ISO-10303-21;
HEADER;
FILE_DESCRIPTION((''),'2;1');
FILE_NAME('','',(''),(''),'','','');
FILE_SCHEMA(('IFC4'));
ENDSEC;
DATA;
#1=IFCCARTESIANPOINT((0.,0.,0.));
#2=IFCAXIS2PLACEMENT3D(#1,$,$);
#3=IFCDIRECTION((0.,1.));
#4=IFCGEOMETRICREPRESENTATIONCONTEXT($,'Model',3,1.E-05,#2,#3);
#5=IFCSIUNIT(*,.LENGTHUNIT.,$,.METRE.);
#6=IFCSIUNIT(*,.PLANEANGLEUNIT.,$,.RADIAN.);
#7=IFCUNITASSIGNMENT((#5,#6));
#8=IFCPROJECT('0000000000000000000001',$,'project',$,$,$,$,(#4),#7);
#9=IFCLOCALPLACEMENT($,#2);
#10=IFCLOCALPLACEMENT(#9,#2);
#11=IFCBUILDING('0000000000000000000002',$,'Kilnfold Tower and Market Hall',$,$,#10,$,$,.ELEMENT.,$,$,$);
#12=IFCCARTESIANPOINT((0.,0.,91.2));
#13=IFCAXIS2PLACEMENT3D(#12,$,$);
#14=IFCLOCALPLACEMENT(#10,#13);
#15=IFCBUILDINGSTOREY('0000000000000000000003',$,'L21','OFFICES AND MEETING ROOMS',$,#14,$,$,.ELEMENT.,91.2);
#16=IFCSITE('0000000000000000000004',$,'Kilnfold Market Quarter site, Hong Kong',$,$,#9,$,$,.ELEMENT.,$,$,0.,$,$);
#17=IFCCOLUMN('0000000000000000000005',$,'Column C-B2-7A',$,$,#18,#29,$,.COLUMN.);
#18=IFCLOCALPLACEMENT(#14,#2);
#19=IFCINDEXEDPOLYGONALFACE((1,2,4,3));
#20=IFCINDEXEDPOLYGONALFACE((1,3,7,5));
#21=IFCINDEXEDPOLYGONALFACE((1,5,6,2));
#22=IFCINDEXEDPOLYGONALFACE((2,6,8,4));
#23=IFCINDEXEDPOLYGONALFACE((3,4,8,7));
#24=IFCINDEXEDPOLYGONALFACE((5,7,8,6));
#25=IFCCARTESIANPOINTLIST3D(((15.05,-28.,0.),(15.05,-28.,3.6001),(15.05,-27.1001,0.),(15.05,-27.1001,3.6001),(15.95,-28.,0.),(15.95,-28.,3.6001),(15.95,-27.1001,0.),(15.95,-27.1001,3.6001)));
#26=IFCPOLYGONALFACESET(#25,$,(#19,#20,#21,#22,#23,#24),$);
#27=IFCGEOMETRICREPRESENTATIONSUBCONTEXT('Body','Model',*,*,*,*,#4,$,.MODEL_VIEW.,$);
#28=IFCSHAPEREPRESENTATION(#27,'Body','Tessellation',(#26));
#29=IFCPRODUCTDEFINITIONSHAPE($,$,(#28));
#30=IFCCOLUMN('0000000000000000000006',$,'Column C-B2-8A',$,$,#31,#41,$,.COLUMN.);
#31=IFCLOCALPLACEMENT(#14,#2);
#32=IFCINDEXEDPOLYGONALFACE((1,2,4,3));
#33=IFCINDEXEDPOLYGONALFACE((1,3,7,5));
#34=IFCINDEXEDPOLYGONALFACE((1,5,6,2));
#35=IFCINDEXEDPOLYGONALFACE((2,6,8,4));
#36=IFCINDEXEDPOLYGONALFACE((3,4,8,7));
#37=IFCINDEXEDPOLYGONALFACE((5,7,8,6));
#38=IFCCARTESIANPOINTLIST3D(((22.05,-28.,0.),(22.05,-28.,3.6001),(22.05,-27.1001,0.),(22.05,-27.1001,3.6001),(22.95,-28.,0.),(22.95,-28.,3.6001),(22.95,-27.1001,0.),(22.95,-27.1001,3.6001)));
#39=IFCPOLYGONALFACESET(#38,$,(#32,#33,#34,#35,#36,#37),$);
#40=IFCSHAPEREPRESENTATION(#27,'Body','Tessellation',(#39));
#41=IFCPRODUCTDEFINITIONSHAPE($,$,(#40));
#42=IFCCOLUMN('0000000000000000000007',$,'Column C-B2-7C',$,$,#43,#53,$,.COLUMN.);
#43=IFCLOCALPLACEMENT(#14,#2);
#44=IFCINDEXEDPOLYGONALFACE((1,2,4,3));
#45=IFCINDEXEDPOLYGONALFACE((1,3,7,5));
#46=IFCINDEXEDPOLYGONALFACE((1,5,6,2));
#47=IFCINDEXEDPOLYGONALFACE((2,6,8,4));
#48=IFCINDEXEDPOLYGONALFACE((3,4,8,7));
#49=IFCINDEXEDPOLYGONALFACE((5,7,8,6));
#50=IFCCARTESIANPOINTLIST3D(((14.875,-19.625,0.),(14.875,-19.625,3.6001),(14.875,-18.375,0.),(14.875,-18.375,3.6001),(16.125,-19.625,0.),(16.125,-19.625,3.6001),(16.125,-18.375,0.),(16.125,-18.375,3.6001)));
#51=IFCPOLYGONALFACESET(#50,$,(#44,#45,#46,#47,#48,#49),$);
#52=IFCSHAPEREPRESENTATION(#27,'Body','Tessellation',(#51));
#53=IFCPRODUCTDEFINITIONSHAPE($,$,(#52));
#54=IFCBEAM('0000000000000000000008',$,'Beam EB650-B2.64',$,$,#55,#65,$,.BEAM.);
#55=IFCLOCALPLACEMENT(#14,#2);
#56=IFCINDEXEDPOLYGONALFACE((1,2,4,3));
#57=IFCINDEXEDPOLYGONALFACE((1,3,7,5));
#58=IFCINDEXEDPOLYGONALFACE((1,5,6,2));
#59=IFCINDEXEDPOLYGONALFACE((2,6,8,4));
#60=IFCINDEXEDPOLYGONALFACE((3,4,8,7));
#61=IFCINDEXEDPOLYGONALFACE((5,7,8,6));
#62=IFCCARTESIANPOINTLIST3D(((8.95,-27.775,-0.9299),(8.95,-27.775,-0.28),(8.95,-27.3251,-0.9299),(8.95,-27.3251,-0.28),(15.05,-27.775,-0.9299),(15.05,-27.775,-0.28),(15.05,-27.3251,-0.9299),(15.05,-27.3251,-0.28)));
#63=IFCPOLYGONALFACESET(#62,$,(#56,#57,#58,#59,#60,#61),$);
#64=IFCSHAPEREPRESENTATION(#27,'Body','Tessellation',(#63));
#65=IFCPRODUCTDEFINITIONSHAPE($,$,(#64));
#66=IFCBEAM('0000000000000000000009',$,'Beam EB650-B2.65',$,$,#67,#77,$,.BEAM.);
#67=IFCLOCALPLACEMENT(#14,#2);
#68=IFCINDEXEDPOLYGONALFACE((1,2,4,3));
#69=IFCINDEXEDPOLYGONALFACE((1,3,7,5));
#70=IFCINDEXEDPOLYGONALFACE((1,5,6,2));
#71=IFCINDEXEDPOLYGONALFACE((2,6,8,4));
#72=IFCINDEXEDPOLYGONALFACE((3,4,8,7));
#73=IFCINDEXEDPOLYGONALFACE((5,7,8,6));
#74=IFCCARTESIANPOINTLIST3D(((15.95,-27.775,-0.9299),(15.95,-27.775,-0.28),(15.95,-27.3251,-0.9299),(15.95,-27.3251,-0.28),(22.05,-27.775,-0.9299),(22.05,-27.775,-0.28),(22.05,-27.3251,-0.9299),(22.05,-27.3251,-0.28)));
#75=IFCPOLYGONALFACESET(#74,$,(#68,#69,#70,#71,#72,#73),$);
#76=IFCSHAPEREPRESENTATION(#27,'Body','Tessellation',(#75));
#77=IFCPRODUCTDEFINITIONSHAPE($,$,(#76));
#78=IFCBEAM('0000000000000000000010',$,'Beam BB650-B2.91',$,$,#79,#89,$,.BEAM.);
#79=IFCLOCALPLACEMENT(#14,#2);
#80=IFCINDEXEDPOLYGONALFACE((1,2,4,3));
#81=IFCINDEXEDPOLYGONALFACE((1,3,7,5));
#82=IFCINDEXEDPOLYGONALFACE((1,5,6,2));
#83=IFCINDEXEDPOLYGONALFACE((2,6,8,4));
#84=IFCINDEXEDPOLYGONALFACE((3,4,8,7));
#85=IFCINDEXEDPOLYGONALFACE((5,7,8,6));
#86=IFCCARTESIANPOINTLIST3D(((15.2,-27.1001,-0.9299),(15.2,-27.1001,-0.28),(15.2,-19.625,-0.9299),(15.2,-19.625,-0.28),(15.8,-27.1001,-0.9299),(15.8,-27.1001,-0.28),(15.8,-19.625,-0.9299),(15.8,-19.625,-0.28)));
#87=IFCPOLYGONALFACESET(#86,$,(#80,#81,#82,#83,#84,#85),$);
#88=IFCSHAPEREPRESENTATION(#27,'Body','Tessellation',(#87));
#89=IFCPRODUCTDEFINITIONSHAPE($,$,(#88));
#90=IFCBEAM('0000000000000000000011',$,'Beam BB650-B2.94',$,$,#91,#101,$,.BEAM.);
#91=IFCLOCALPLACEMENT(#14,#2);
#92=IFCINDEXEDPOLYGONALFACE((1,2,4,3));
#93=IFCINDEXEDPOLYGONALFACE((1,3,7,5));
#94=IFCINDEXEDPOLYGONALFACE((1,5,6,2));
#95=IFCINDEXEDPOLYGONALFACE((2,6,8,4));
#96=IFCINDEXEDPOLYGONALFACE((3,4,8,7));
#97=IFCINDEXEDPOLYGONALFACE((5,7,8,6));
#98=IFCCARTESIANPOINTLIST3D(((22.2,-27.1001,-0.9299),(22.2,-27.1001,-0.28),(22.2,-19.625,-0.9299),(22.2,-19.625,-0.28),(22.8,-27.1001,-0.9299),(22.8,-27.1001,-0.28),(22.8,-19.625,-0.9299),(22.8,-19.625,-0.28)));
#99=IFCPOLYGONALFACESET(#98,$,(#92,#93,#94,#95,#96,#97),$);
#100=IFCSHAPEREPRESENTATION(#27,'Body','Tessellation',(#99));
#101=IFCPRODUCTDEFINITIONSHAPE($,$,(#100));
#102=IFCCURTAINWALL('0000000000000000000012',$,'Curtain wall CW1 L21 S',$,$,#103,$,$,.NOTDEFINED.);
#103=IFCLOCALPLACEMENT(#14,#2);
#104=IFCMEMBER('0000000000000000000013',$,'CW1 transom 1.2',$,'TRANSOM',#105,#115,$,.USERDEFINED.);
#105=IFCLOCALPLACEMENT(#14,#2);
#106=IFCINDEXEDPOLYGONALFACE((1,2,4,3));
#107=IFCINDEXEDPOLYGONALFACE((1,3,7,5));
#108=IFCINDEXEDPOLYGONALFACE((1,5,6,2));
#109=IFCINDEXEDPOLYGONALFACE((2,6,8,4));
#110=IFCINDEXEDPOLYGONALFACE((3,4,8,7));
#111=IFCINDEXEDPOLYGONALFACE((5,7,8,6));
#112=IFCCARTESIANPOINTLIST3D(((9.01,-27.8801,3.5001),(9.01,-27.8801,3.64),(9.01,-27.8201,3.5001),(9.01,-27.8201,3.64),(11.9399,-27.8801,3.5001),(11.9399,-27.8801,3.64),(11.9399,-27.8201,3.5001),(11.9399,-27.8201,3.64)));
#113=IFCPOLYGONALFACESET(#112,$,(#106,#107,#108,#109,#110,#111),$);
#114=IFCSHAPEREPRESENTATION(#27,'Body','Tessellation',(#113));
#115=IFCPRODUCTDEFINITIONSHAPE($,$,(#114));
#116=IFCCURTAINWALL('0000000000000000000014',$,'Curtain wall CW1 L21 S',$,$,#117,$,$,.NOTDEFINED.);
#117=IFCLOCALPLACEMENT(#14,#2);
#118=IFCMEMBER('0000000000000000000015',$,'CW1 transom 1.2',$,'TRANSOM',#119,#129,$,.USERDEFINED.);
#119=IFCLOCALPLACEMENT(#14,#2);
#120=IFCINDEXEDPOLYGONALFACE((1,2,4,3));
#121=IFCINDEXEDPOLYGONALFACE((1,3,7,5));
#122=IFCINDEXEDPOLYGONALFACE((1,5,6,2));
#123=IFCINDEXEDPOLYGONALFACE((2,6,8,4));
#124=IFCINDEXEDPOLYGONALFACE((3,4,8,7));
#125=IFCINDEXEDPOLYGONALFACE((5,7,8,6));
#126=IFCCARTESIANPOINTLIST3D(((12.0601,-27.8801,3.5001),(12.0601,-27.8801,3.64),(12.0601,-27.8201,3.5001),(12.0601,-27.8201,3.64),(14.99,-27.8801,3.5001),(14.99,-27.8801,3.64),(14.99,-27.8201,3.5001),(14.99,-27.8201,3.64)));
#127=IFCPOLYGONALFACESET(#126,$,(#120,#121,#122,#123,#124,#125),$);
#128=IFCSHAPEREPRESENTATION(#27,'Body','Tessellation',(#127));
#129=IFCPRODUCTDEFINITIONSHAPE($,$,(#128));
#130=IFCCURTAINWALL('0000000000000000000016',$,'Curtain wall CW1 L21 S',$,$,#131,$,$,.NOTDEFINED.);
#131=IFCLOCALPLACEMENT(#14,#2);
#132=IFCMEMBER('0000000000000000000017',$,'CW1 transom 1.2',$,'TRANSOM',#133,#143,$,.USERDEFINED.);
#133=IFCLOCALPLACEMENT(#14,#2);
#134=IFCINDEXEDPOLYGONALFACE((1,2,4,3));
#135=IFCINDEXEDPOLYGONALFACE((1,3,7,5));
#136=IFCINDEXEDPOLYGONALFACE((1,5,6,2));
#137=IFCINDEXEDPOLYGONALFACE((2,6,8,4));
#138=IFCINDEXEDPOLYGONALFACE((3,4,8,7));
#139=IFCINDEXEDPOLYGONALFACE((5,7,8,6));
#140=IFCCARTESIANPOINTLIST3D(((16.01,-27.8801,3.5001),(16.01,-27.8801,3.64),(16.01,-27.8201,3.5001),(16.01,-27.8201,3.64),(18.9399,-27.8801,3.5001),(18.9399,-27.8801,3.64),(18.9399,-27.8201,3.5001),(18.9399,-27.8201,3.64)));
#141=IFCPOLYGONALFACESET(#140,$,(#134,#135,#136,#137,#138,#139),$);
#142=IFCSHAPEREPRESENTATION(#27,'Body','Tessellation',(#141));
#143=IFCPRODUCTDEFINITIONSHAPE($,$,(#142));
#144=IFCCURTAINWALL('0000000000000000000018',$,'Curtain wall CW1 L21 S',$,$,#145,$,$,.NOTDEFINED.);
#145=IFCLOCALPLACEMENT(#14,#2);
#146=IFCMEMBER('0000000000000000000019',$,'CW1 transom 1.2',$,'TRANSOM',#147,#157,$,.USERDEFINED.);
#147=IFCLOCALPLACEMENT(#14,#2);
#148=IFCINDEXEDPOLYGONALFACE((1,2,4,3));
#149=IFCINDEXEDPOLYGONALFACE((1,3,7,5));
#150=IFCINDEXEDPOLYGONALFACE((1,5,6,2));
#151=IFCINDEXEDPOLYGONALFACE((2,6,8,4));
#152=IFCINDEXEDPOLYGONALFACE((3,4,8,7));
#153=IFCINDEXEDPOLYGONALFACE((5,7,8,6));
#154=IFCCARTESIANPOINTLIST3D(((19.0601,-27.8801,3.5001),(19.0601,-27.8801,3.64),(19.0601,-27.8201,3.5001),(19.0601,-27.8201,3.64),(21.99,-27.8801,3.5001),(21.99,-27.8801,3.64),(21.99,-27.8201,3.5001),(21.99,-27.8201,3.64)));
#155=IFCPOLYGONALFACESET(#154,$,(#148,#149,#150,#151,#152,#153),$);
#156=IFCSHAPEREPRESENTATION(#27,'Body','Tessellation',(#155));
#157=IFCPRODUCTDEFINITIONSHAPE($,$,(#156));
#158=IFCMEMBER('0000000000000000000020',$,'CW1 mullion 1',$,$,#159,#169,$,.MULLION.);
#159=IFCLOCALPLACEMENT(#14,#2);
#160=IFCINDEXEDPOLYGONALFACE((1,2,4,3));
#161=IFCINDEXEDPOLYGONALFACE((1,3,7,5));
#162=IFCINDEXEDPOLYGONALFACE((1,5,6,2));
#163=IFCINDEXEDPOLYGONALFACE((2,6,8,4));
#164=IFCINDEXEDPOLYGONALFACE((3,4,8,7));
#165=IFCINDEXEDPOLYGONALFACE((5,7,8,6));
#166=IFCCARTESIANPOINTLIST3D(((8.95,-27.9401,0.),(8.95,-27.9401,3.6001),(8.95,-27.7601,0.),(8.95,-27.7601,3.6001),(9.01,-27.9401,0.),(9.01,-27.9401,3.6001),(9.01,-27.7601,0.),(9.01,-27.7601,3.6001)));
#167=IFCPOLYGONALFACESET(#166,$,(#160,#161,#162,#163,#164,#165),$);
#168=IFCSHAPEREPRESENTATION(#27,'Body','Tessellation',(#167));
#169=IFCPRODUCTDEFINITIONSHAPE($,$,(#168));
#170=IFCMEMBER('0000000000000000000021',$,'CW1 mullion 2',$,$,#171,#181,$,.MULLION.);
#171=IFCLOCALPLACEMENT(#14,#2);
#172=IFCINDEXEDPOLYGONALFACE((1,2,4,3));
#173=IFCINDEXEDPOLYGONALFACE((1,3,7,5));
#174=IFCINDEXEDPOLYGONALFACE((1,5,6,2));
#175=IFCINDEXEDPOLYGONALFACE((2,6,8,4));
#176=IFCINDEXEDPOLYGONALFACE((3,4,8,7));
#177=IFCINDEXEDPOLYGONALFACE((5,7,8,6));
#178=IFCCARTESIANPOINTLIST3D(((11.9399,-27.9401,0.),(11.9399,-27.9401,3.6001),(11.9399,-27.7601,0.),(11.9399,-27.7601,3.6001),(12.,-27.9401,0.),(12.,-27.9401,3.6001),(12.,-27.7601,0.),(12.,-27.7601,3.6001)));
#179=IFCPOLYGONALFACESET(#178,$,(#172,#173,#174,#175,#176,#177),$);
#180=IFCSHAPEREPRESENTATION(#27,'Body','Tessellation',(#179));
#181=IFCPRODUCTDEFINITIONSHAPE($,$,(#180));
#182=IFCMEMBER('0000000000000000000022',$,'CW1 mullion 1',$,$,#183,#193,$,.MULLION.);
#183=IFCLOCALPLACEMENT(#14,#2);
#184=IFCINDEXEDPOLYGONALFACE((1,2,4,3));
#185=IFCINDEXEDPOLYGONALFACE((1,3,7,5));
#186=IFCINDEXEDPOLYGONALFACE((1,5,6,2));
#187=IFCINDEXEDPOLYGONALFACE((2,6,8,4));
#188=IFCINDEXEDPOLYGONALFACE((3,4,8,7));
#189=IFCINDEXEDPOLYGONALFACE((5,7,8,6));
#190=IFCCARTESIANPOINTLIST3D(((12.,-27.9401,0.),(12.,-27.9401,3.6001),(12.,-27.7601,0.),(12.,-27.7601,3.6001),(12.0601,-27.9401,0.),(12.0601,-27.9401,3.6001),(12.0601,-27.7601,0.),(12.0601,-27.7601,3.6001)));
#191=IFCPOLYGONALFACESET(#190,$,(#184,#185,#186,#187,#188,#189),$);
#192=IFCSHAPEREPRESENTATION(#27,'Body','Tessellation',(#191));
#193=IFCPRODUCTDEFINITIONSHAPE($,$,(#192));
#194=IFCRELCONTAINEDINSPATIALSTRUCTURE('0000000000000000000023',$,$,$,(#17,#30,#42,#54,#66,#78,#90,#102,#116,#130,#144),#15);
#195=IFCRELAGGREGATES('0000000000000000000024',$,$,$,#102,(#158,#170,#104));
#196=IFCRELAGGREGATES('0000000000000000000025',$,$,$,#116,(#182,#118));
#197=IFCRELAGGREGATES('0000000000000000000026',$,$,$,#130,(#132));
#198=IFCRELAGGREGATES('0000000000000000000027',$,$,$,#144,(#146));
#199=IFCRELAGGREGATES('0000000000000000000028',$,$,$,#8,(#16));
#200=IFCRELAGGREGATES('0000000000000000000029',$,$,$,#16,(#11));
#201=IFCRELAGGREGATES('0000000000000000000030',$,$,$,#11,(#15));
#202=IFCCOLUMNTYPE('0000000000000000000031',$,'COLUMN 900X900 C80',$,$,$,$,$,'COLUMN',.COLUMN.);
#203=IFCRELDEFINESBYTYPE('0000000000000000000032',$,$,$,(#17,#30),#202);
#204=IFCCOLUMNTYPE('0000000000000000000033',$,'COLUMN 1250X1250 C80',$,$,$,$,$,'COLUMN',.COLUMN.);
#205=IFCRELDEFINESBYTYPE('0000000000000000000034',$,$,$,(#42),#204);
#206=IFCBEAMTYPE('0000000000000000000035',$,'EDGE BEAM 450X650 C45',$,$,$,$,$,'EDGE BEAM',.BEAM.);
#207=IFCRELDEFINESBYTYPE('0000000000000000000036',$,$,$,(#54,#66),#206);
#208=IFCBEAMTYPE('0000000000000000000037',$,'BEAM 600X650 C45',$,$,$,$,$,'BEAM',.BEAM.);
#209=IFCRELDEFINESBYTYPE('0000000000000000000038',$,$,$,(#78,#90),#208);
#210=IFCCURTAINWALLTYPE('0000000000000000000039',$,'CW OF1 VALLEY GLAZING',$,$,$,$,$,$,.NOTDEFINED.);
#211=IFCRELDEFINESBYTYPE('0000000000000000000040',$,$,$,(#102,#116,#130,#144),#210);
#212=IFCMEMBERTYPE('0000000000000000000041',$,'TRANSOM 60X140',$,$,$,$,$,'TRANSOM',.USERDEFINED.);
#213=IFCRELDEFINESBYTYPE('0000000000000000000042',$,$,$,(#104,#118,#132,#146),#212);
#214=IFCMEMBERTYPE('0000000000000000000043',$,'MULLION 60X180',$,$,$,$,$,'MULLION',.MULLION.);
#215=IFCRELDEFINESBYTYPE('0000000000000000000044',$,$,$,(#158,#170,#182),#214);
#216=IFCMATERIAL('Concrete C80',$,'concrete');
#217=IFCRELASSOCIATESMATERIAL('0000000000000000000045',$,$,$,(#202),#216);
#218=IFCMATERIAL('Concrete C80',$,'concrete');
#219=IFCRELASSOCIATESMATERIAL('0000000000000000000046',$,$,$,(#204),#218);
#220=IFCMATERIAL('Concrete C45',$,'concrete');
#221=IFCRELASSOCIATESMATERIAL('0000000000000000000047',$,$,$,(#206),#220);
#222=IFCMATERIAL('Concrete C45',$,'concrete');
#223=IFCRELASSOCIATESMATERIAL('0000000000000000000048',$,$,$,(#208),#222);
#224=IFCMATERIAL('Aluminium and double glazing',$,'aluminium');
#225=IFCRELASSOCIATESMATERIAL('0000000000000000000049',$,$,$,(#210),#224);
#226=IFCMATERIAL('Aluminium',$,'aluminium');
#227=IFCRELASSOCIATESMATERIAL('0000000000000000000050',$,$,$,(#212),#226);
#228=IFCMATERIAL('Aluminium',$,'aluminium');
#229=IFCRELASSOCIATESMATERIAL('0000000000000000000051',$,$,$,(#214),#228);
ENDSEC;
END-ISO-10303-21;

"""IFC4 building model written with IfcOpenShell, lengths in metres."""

from ifc_helpers import new_model, si_unit, direction, frame, origin, origin_2d, place, context, subcontext, project, spatial, rectangle, extrude, source, transform, mapped, material, material_profile, profile_set, type_object, element, aggregate, save


model = new_model("IFC4")

# Units and contexts
model_context = context("Model", 3, precision=1e-05, world=origin(), true_north=direction((0.0, 1.0)))
body_context = subcontext(model_context, "Body", "Model", "MODEL_VIEW")
ifc_project = project(units=[si_unit("LENGTHUNIT", "METRE"), si_unit("PLANEANGLEUNIT", "RADIAN")], contexts=[model_context])

# Site, building, storey
site_placement = place(None, origin())
site = spatial("IfcSite", under=ifc_project, at=site_placement, Name="Kilnfold Market Quarter site, Hong Kong", CompositionType="ELEMENT", RefElevation=0.0)
building_placement = place(site_placement, origin())
building = spatial("IfcBuilding", under=site, at=building_placement, Name="Kilnfold Tower and Market Hall", CompositionType="ELEMENT")
storey_placement = place(building_placement, frame((0.0, 0.0, 91.2)))
storey = spatial("IfcBuildingStorey", under=building, at=storey_placement, Name="L21", Description="OFFICES AND MEETING ROOMS", CompositionType="ELEMENT", Elevation=91.2)

# Columns
ifc_material_1 = material(Name="Concrete C80", Category="concrete")
ifc_material_profile_1 = material_profile(ifc_material_1, rectangle(XDim=0.8999, YDim=0.8999, at=origin_2d()), Name="RC 900x900")
ifc_profile_set_1 = profile_set([ifc_material_profile_1], Name="Concrete C80")
column_type_1 = type_object("IfcColumnType", Name="COLUMN 900X900 C80", ElementType="COLUMN", PredefinedType="COLUMN", material=ifc_profile_set_1)
shared_shape_1 = source(origin(), body_context, "Body", "SweptSolid", [
    extrude(rectangle(XDim=0.8999, YDim=0.8999, at=origin_2d()), origin(), (0.0, 0.0, 1.0), 3.6001),
])
for number, where, z_axis, x_axis, name in (
    (1, (15.5, -27.55, 0.0), (0.0, 0.0, 1.0), (1.0, 0.0, 0.0), "Column C-B2-7A"),
    (2, (22.5, -27.55, 0.0), (0.0, 0.0, 1.0), (1.0, 0.0, 0.0), "Column C-B2-8A"),
):
    element("IfcColumn", number, at=place(storey_placement, frame(where, z_axis=z_axis, x_axis=x_axis)), inside=storey, type_object=column_type_1, Name=name, PredefinedType="COLUMN", context=body_context, shape_type="MappedRepresentation", body=[
        mapped(shared_shape_1, transform((0.0, 0.0, 0.0))),
    ])
ifc_material_2 = material(Name="Concrete C80", Category="concrete")
ifc_material_profile_2 = material_profile(ifc_material_2, rectangle(XDim=1.25, YDim=1.25, at=origin_2d()), Name="RC 1250x1250")
ifc_profile_set_2 = profile_set([ifc_material_profile_2], Name="Concrete C80")
column_type_2 = type_object("IfcColumnType", Name="COLUMN 1250X1250 C80", ElementType="COLUMN", PredefinedType="COLUMN", material=ifc_profile_set_2)
shared_shape_2 = source(origin(), body_context, "Body", "SweptSolid", [
    extrude(rectangle(XDim=1.25, YDim=1.25, at=origin_2d()), origin(), (0.0, 0.0, 1.0), 3.6001),
])
column_placement = place(storey_placement, frame((15.5, -19.0, 0.0), z_axis=(0.0, 0.0, 1.0), x_axis=(1.0, 0.0, 0.0)))
element("IfcColumn", 3, at=column_placement, inside=storey, type_object=column_type_2, Name="Column C-B2-7C", PredefinedType="COLUMN", context=body_context, shape_type="MappedRepresentation", body=[
    mapped(shared_shape_2, transform((0.0, 0.0, 0.0))),
])

# Beams
ifc_material_3 = material(Name="Concrete C45", Category="concrete")
ifc_material_profile_3 = material_profile(ifc_material_3, rectangle(XDim=0.45, YDim=0.6499, at=origin_2d()), Name="RC 450x650")
ifc_profile_set_3 = profile_set([ifc_material_profile_3], Name="Concrete C45")
beam_type_1 = type_object("IfcBeamType", Name="EDGE BEAM 450X650 C45", ElementType="EDGE BEAM", PredefinedType="BEAM", material=ifc_profile_set_3)
shared_shape_3 = source(origin(), body_context, "Body", "SweptSolid", [
    extrude(rectangle(XDim=0.45, YDim=0.6499, at=origin_2d()), origin(), (0.0, 0.0, 1.0), 6.1001),
])
for number, where, z_axis, x_axis, name in (
    (4, (8.95, -27.55, -0.605), (1.0, 0.0, 0.0), (0.0, 1.0, 0.0), "Beam EB650-B2.64"),
    (5, (15.95, -27.55, -0.605), (1.0, 0.0, 0.0), (0.0, 1.0, 0.0), "Beam EB650-B2.65"),
):
    element("IfcBeam", number, at=place(storey_placement, frame(where, z_axis=z_axis, x_axis=x_axis)), inside=storey, type_object=beam_type_1, Name=name, PredefinedType="BEAM", context=body_context, shape_type="MappedRepresentation", body=[
        mapped(shared_shape_3, transform((0.0, 0.0, 0.0))),
    ])
ifc_material_4 = material(Name="Concrete C45", Category="concrete")
ifc_material_profile_4 = material_profile(ifc_material_4, rectangle(XDim=0.6001, YDim=0.6499, at=origin_2d()), Name="RC 600x650")
ifc_profile_set_4 = profile_set([ifc_material_profile_4], Name="Concrete C45")
beam_type_2 = type_object("IfcBeamType", Name="BEAM 600X650 C45", ElementType="BEAM", PredefinedType="BEAM", material=ifc_profile_set_4)
shared_shape_4 = source(origin(), body_context, "Body", "SweptSolid", [
    extrude(rectangle(XDim=0.6001, YDim=0.6499, at=origin_2d()), origin(), (0.0, 0.0, 1.0), 7.4751),
])
for number, where, z_axis, x_axis, name in (
    (6, (15.5, -27.1001, -0.605), (0.0, 1.0, 0.0), (-1.0, 0.0, 0.0), "Beam BB650-B2.91"),
    (7, (22.5, -27.1001, -0.605), (0.0, 1.0, 0.0), (-1.0, 0.0, 0.0), "Beam BB650-B2.94"),
):
    element("IfcBeam", number, at=place(storey_placement, frame(where, z_axis=z_axis, x_axis=x_axis)), inside=storey, type_object=beam_type_2, Name=name, PredefinedType="BEAM", context=body_context, shape_type="MappedRepresentation", body=[
        mapped(shared_shape_4, transform((0.0, 0.0, 0.0))),
    ])

# Curtain walls, members
ifc_material_5 = material(Name="Aluminium and double glazing", Category="aluminium")
curtain_wall_type = type_object("IfcCurtainWallType", Name="CW OF1 VALLEY GLAZING", PredefinedType="NOTDEFINED", material=ifc_material_5)
curtain_wall_1_placement = place(storey_placement, origin())
curtain_wall_1 = element("IfcCurtainWall", 8, at=curtain_wall_1_placement, inside=storey, type_object=curtain_wall_type, Name="Curtain wall CW1 L21 S", PredefinedType="NOTDEFINED")
ifc_material_6 = material(Name="Aluminium", Category="aluminium")
ifc_material_profile_5 = material_profile(ifc_material_6, rectangle(XDim=0.0601, YDim=0.1399, at=origin_2d()), Name="TRANSOM 60x140")
ifc_profile_set_5 = profile_set([ifc_material_profile_5], Name="Aluminium")
member_type_1 = type_object("IfcMemberType", Name="TRANSOM 60X140", ElementType="TRANSOM", PredefinedType="USERDEFINED", material=ifc_profile_set_5)
shared_shape_5 = source(origin(), body_context, "Body", "SweptSolid", [
    extrude(rectangle(XDim=0.0601, YDim=0.1399, at=origin_2d()), origin(), (0.0, 0.0, 1.0), 2.9299),
])
member_1_placement = place(storey_placement, frame((9.01, -27.8501, 3.5701), z_axis=(1.0, 0.0, 0.0), x_axis=(0.0, 1.0, 0.0)))
member_1 = element("IfcMember", 9, at=member_1_placement, type_object=member_type_1, Name="CW1 transom 1.2", ObjectType="TRANSOM", PredefinedType="USERDEFINED", context=body_context, shape_type="MappedRepresentation", body=[
    mapped(shared_shape_5, transform((0.0, 0.0, 0.0))),
])
curtain_wall_2_placement = place(storey_placement, origin())
curtain_wall_2 = element("IfcCurtainWall", 10, at=curtain_wall_2_placement, inside=storey, type_object=curtain_wall_type, Name="Curtain wall CW1 L21 S", PredefinedType="NOTDEFINED")
member_2_placement = place(storey_placement, frame((12.0601, -27.8501, 3.5701), z_axis=(1.0, 0.0, 0.0), x_axis=(0.0, 1.0, 0.0)))
member_2 = element("IfcMember", 11, at=member_2_placement, type_object=member_type_1, Name="CW1 transom 1.2", ObjectType="TRANSOM", PredefinedType="USERDEFINED", context=body_context, shape_type="MappedRepresentation", body=[
    mapped(shared_shape_5, transform((0.0, 0.0, 0.0))),
])
curtain_wall_3_placement = place(storey_placement, origin())
curtain_wall_3 = element("IfcCurtainWall", 12, at=curtain_wall_3_placement, inside=storey, type_object=curtain_wall_type, Name="Curtain wall CW1 L21 S", PredefinedType="NOTDEFINED")
member_3_placement = place(storey_placement, frame((16.01, -27.8501, 3.5701), z_axis=(1.0, 0.0, 0.0), x_axis=(0.0, 1.0, 0.0)))
member_3 = element("IfcMember", 13, at=member_3_placement, type_object=member_type_1, Name="CW1 transom 1.2", ObjectType="TRANSOM", PredefinedType="USERDEFINED", context=body_context, shape_type="MappedRepresentation", body=[
    mapped(shared_shape_5, transform((0.0, 0.0, 0.0))),
])
curtain_wall_4_placement = place(storey_placement, origin())
curtain_wall_4 = element("IfcCurtainWall", 14, at=curtain_wall_4_placement, inside=storey, type_object=curtain_wall_type, Name="Curtain wall CW1 L21 S", PredefinedType="NOTDEFINED")
member_4_placement = place(storey_placement, frame((19.0601, -27.8501, 3.5701), z_axis=(1.0, 0.0, 0.0), x_axis=(0.0, 1.0, 0.0)))
member_4 = element("IfcMember", 15, at=member_4_placement, type_object=member_type_1, Name="CW1 transom 1.2", ObjectType="TRANSOM", PredefinedType="USERDEFINED", context=body_context, shape_type="MappedRepresentation", body=[
    mapped(shared_shape_5, transform((0.0, 0.0, 0.0))),
])

# Members
ifc_material_7 = material(Name="Aluminium", Category="aluminium")
ifc_material_profile_6 = material_profile(ifc_material_7, rectangle(XDim=0.0601, YDim=0.1799, at=origin_2d()), Name="MULLION 60x180")
ifc_profile_set_6 = profile_set([ifc_material_profile_6], Name="Aluminium")
member_type_2 = type_object("IfcMemberType", Name="MULLION 60X180", ElementType="MULLION", PredefinedType="MULLION", material=ifc_profile_set_6)
shared_shape_6 = source(origin(), body_context, "Body", "SweptSolid", [
    extrude(rectangle(XDim=0.0601, YDim=0.1799, at=origin_2d()), origin(), (0.0, 0.0, 1.0), 3.6001),
])
member_5_placement = place(storey_placement, frame((8.98, -27.8501, 0.0), z_axis=(0.0, 0.0, 1.0), x_axis=(1.0, 0.0, 0.0)))
member_5 = element("IfcMember", 16, at=member_5_placement, type_object=member_type_2, Name="CW1 mullion 1", PredefinedType="MULLION", context=body_context, shape_type="MappedRepresentation", body=[
    mapped(shared_shape_6, transform((0.0, 0.0, 0.0))),
])
member_6_placement = place(storey_placement, frame((11.97, -27.8501, 0.0), z_axis=(0.0, 0.0, 1.0), x_axis=(1.0, 0.0, 0.0)))
member_6 = element("IfcMember", 17, at=member_6_placement, type_object=member_type_2, Name="CW1 mullion 2", PredefinedType="MULLION", context=body_context, shape_type="MappedRepresentation", body=[
    mapped(shared_shape_6, transform((0.0, 0.0, 0.0))),
])
member_7_placement = place(storey_placement, frame((12.03, -27.8501, 0.0), z_axis=(0.0, 0.0, 1.0), x_axis=(1.0, 0.0, 0.0)))
member_7 = element("IfcMember", 18, at=member_7_placement, type_object=member_type_2, Name="CW1 mullion 1", PredefinedType="MULLION", context=body_context, shape_type="MappedRepresentation", body=[
    mapped(shared_shape_6, transform((0.0, 0.0, 0.0))),
])

aggregate(curtain_wall_1, [member_5, member_6, member_1])
aggregate(curtain_wall_2, [member_7, member_2])
aggregate(curtain_wall_3, [member_3])
aggregate(curtain_wall_4, [member_4])

save(model, "model.ifc")
